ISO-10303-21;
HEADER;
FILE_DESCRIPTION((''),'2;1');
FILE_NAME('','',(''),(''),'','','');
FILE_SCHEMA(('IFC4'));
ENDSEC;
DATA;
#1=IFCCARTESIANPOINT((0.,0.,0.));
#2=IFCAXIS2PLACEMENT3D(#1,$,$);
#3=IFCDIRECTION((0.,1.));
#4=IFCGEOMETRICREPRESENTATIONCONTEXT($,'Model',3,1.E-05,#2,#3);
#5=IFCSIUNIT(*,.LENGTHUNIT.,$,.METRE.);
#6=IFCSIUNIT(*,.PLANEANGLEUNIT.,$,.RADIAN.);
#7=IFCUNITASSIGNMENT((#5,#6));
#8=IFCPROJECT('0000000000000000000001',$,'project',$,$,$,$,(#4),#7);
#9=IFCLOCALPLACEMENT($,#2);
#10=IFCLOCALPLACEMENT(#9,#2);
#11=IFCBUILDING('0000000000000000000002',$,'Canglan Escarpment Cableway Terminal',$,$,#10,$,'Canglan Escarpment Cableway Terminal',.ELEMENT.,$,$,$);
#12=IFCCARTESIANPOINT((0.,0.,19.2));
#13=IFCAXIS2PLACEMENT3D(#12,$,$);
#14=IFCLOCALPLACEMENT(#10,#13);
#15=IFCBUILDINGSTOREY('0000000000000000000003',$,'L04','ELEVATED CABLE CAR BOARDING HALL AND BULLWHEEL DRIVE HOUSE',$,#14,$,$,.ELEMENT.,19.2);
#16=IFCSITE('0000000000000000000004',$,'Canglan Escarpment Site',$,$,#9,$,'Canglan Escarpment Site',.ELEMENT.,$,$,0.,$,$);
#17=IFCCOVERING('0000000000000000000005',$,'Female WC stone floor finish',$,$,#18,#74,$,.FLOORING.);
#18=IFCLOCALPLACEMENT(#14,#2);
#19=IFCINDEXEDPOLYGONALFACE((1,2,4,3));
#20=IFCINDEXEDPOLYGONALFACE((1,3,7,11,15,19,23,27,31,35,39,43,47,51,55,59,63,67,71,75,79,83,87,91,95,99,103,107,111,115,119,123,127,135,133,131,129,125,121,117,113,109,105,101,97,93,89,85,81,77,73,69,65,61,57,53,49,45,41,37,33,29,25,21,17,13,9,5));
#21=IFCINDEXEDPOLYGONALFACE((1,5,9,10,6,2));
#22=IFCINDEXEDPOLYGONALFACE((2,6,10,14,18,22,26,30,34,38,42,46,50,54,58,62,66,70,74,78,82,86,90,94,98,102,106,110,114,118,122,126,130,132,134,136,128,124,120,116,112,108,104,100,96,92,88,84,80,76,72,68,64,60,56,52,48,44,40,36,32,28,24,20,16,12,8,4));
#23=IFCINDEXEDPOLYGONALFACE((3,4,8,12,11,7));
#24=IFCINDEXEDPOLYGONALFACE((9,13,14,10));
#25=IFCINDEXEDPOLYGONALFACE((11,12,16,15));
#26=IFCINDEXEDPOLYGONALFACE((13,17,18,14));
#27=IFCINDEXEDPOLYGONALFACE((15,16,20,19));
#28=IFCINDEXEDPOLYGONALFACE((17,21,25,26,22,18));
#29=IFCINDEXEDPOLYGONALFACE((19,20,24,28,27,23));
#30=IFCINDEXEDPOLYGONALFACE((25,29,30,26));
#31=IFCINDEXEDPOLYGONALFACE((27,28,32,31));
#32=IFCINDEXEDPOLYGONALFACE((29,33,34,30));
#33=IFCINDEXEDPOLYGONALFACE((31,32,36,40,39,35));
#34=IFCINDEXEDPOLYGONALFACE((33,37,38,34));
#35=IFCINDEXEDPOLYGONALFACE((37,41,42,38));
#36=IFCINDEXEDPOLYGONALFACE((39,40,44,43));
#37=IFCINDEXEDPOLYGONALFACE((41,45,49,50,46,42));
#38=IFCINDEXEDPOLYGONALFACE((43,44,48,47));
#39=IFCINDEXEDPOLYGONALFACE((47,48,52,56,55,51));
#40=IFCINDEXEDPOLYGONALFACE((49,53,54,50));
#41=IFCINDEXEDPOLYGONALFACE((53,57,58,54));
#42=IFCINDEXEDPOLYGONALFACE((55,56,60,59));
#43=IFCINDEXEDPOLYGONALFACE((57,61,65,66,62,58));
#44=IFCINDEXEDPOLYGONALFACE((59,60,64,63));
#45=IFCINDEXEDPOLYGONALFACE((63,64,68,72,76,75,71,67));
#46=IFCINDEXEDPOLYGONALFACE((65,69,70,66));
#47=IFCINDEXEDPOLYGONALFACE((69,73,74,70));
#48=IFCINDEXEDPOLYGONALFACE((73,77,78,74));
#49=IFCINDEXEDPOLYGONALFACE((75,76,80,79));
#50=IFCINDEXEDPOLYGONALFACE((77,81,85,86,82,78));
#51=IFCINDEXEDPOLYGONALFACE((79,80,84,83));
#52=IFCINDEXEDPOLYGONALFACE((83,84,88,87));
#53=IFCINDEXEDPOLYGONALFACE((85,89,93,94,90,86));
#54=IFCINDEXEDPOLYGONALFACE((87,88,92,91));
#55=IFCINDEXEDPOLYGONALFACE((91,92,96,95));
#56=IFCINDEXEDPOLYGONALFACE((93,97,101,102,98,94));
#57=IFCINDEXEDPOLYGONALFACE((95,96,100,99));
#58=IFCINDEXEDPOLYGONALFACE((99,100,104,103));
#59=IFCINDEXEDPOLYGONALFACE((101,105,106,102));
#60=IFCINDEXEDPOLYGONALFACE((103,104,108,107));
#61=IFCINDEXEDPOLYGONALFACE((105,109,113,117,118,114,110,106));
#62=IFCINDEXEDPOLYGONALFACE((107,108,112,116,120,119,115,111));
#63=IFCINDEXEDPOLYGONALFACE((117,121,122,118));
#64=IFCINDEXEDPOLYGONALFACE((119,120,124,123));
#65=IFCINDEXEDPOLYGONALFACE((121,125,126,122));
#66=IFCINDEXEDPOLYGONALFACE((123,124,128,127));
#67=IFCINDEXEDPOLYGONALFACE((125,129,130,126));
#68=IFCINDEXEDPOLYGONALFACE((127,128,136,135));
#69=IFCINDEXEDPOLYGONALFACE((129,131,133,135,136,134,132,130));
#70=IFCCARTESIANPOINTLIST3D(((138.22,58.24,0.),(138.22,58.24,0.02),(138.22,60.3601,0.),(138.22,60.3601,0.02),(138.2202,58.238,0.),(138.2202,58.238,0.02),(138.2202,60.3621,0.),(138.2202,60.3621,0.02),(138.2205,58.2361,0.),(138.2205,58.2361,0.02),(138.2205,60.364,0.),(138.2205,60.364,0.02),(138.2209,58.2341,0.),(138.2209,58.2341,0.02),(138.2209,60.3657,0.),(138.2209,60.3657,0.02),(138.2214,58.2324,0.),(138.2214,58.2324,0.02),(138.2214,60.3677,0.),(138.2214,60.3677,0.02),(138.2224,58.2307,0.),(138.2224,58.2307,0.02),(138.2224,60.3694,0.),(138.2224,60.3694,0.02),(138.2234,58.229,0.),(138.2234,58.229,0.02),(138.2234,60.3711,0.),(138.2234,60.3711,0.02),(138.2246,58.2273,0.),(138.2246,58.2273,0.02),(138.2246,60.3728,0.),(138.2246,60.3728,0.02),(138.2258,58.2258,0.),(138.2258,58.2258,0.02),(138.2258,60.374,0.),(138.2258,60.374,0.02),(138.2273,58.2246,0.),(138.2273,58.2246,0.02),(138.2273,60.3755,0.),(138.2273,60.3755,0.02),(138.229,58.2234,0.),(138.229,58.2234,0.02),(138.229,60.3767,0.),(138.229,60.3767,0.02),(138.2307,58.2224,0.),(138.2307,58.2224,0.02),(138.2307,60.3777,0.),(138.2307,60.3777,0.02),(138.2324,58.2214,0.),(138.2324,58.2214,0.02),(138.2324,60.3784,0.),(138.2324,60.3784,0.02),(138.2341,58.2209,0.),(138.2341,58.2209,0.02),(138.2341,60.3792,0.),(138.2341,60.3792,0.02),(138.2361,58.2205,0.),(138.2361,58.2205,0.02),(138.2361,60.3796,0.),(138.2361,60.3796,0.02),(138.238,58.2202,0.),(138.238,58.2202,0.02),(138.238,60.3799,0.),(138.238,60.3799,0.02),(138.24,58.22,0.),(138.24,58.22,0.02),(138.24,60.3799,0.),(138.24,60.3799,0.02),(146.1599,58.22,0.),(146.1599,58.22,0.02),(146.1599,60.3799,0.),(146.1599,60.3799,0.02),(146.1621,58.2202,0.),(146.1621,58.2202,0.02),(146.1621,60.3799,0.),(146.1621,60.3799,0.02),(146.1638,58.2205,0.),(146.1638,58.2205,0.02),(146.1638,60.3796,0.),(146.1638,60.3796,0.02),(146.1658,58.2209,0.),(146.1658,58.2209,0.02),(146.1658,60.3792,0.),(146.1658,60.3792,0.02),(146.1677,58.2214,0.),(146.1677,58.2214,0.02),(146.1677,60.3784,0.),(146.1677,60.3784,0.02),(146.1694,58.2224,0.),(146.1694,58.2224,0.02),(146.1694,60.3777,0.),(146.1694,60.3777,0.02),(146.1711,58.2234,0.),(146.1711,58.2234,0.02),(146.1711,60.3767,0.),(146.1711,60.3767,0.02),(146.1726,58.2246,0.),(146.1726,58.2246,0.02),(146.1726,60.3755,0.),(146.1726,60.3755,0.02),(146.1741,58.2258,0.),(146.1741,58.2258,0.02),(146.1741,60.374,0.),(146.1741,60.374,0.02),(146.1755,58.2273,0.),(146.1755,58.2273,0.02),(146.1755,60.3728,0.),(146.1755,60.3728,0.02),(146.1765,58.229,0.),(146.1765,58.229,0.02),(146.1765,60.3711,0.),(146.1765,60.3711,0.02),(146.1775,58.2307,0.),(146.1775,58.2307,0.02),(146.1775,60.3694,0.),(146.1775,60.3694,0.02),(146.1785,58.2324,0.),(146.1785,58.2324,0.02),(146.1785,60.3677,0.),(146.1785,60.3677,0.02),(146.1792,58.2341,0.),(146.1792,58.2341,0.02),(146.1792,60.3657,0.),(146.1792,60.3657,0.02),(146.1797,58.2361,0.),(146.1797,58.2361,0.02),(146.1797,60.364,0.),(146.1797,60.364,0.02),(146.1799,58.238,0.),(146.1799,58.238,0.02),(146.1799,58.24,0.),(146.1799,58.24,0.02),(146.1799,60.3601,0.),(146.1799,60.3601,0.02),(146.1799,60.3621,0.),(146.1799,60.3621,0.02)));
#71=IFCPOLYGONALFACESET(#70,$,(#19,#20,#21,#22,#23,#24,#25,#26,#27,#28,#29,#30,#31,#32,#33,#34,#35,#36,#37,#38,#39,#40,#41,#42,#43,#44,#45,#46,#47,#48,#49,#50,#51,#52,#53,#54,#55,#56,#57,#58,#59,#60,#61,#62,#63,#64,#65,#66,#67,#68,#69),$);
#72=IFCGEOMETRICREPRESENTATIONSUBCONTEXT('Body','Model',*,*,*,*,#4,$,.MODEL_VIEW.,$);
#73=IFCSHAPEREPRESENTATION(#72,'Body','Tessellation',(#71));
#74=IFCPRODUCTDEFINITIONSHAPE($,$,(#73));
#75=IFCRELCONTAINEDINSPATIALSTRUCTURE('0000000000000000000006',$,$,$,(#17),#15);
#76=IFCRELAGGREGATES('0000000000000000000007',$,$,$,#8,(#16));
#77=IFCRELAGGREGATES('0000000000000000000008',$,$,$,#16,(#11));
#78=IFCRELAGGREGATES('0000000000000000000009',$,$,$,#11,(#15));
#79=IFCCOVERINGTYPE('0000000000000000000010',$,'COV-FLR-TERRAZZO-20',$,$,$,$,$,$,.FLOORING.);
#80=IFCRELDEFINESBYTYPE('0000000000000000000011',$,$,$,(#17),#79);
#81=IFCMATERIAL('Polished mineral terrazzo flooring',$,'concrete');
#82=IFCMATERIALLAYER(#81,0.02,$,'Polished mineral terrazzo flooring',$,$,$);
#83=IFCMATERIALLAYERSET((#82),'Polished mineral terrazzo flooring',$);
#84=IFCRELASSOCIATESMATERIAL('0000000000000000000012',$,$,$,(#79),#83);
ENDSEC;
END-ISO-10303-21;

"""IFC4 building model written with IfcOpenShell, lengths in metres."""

from ifc_helpers import new_model, si_unit, direction, frame, origin, place, context, subcontext, project, spatial, polyline, outline, extrude, material, layer, layer_set, type_object, element, save


model = new_model("IFC4")

# Units and contexts
model_context = context("Model", 3, precision=1e-05, world=origin(), true_north=direction((0.0, 1.0)))
body_context = subcontext(model_context, "Body", "Model", "MODEL_VIEW")
ifc_project = project(units=[si_unit("LENGTHUNIT", "METRE"), si_unit("PLANEANGLEUNIT", "RADIAN")], contexts=[model_context])

# Site, building, storey
site_placement = place(None, origin())
site = spatial("IfcSite", under=ifc_project, at=site_placement, Name="Canglan Escarpment Site", LongName="Canglan Escarpment Site", CompositionType="ELEMENT", RefElevation=0.0)
building_placement = place(site_placement, origin())
building = spatial("IfcBuilding", under=site, at=building_placement, Name="Canglan Escarpment Cableway Terminal", LongName="Canglan Escarpment Cableway Terminal", CompositionType="ELEMENT")
storey_placement = place(building_placement, frame((0.0, 0.0, 19.2)))
storey = spatial("IfcBuildingStorey", under=building, at=storey_placement, Name="L04", Description="ELEVATED CABLE CAR BOARDING HALL AND BULLWHEEL DRIVE HOUSE", CompositionType="ELEMENT", Elevation=19.2)

# Covering
ifc_material_1 = material(Name="Polished mineral terrazzo flooring", Category="concrete")
ifc_layer_1 = layer(ifc_material_1, 0.02, Name="Polished mineral terrazzo flooring")
ifc_layer_set_1 = layer_set([ifc_layer_1], Name="Polished mineral terrazzo flooring")
covering_type_1 = type_object("IfcCoveringType", Name="COV-FLR-TERRAZZO-20", PredefinedType="FLOORING", material=ifc_layer_set_1)
covering_1_placement = place(storey_placement, origin())
element("IfcCovering", 1, at=covering_1_placement, inside=storey, type_object=covering_type_1, Name="Female WC stone floor finish", PredefinedType="FLOORING", context=body_context, shape_type="SweptSolid", body=[
    extrude(outline(polyline([(138.22, 60.3601), (138.2202, 60.3621), (138.2205, 60.364), (138.2209, 60.3657), (138.2214, 60.3677), (138.2224, 60.3694), (138.2234, 60.3711), (138.2246, 60.3728), (138.2258, 60.374), (138.2273, 60.3755), (138.229, 60.3767), (138.2307, 60.3777), (138.2324, 60.3784), (138.2341, 60.3792), (138.2361, 60.3796), (138.238, 60.3799), (138.24, 60.3799), (146.1599, 60.3799), (146.1621, 60.3799), (146.1638, 60.3796), (146.1658, 60.3792), (146.1677, 60.3784), (146.1694, 60.3777), (146.1711, 60.3767), (146.1726, 60.3755), (146.1741, 60.374), (146.1755, 60.3728), (146.1765, 60.3711), (146.1775, 60.3694), (146.1785, 60.3677), (146.1792, 60.3657), (146.1797, 60.364), (146.1799, 60.3621), (146.1799, 60.3601), (146.1799, 58.24), (146.1799, 58.238), (146.1797, 58.2361), (146.1792, 58.2341), (146.1785, 58.2324), (146.1775, 58.2307), (146.1765, 58.229), (146.1755, 58.2273), (146.1741, 58.2258), (146.1726, 58.2246), (146.1711, 58.2234), (146.1694, 58.2224), (146.1677, 58.2214), (146.1658, 58.2209), (146.1638, 58.2205), (146.1621, 58.2202), (146.1599, 58.22), (138.24, 58.22), (138.238, 58.2202), (138.2361, 58.2205), (138.2341, 58.2209), (138.2324, 58.2214), (138.2307, 58.2224), (138.229, 58.2234), (138.2273, 58.2246), (138.2258, 58.2258), (138.2246, 58.2273), (138.2234, 58.229), (138.2224, 58.2307), (138.2214, 58.2324), (138.2209, 58.2341), (138.2205, 58.2361), (138.2202, 58.238), (138.22, 58.24), (138.22, 60.3601)])), origin(), (0.0, 0.0, 1.0), 0.02),
])

save(model, "model.ifc")
